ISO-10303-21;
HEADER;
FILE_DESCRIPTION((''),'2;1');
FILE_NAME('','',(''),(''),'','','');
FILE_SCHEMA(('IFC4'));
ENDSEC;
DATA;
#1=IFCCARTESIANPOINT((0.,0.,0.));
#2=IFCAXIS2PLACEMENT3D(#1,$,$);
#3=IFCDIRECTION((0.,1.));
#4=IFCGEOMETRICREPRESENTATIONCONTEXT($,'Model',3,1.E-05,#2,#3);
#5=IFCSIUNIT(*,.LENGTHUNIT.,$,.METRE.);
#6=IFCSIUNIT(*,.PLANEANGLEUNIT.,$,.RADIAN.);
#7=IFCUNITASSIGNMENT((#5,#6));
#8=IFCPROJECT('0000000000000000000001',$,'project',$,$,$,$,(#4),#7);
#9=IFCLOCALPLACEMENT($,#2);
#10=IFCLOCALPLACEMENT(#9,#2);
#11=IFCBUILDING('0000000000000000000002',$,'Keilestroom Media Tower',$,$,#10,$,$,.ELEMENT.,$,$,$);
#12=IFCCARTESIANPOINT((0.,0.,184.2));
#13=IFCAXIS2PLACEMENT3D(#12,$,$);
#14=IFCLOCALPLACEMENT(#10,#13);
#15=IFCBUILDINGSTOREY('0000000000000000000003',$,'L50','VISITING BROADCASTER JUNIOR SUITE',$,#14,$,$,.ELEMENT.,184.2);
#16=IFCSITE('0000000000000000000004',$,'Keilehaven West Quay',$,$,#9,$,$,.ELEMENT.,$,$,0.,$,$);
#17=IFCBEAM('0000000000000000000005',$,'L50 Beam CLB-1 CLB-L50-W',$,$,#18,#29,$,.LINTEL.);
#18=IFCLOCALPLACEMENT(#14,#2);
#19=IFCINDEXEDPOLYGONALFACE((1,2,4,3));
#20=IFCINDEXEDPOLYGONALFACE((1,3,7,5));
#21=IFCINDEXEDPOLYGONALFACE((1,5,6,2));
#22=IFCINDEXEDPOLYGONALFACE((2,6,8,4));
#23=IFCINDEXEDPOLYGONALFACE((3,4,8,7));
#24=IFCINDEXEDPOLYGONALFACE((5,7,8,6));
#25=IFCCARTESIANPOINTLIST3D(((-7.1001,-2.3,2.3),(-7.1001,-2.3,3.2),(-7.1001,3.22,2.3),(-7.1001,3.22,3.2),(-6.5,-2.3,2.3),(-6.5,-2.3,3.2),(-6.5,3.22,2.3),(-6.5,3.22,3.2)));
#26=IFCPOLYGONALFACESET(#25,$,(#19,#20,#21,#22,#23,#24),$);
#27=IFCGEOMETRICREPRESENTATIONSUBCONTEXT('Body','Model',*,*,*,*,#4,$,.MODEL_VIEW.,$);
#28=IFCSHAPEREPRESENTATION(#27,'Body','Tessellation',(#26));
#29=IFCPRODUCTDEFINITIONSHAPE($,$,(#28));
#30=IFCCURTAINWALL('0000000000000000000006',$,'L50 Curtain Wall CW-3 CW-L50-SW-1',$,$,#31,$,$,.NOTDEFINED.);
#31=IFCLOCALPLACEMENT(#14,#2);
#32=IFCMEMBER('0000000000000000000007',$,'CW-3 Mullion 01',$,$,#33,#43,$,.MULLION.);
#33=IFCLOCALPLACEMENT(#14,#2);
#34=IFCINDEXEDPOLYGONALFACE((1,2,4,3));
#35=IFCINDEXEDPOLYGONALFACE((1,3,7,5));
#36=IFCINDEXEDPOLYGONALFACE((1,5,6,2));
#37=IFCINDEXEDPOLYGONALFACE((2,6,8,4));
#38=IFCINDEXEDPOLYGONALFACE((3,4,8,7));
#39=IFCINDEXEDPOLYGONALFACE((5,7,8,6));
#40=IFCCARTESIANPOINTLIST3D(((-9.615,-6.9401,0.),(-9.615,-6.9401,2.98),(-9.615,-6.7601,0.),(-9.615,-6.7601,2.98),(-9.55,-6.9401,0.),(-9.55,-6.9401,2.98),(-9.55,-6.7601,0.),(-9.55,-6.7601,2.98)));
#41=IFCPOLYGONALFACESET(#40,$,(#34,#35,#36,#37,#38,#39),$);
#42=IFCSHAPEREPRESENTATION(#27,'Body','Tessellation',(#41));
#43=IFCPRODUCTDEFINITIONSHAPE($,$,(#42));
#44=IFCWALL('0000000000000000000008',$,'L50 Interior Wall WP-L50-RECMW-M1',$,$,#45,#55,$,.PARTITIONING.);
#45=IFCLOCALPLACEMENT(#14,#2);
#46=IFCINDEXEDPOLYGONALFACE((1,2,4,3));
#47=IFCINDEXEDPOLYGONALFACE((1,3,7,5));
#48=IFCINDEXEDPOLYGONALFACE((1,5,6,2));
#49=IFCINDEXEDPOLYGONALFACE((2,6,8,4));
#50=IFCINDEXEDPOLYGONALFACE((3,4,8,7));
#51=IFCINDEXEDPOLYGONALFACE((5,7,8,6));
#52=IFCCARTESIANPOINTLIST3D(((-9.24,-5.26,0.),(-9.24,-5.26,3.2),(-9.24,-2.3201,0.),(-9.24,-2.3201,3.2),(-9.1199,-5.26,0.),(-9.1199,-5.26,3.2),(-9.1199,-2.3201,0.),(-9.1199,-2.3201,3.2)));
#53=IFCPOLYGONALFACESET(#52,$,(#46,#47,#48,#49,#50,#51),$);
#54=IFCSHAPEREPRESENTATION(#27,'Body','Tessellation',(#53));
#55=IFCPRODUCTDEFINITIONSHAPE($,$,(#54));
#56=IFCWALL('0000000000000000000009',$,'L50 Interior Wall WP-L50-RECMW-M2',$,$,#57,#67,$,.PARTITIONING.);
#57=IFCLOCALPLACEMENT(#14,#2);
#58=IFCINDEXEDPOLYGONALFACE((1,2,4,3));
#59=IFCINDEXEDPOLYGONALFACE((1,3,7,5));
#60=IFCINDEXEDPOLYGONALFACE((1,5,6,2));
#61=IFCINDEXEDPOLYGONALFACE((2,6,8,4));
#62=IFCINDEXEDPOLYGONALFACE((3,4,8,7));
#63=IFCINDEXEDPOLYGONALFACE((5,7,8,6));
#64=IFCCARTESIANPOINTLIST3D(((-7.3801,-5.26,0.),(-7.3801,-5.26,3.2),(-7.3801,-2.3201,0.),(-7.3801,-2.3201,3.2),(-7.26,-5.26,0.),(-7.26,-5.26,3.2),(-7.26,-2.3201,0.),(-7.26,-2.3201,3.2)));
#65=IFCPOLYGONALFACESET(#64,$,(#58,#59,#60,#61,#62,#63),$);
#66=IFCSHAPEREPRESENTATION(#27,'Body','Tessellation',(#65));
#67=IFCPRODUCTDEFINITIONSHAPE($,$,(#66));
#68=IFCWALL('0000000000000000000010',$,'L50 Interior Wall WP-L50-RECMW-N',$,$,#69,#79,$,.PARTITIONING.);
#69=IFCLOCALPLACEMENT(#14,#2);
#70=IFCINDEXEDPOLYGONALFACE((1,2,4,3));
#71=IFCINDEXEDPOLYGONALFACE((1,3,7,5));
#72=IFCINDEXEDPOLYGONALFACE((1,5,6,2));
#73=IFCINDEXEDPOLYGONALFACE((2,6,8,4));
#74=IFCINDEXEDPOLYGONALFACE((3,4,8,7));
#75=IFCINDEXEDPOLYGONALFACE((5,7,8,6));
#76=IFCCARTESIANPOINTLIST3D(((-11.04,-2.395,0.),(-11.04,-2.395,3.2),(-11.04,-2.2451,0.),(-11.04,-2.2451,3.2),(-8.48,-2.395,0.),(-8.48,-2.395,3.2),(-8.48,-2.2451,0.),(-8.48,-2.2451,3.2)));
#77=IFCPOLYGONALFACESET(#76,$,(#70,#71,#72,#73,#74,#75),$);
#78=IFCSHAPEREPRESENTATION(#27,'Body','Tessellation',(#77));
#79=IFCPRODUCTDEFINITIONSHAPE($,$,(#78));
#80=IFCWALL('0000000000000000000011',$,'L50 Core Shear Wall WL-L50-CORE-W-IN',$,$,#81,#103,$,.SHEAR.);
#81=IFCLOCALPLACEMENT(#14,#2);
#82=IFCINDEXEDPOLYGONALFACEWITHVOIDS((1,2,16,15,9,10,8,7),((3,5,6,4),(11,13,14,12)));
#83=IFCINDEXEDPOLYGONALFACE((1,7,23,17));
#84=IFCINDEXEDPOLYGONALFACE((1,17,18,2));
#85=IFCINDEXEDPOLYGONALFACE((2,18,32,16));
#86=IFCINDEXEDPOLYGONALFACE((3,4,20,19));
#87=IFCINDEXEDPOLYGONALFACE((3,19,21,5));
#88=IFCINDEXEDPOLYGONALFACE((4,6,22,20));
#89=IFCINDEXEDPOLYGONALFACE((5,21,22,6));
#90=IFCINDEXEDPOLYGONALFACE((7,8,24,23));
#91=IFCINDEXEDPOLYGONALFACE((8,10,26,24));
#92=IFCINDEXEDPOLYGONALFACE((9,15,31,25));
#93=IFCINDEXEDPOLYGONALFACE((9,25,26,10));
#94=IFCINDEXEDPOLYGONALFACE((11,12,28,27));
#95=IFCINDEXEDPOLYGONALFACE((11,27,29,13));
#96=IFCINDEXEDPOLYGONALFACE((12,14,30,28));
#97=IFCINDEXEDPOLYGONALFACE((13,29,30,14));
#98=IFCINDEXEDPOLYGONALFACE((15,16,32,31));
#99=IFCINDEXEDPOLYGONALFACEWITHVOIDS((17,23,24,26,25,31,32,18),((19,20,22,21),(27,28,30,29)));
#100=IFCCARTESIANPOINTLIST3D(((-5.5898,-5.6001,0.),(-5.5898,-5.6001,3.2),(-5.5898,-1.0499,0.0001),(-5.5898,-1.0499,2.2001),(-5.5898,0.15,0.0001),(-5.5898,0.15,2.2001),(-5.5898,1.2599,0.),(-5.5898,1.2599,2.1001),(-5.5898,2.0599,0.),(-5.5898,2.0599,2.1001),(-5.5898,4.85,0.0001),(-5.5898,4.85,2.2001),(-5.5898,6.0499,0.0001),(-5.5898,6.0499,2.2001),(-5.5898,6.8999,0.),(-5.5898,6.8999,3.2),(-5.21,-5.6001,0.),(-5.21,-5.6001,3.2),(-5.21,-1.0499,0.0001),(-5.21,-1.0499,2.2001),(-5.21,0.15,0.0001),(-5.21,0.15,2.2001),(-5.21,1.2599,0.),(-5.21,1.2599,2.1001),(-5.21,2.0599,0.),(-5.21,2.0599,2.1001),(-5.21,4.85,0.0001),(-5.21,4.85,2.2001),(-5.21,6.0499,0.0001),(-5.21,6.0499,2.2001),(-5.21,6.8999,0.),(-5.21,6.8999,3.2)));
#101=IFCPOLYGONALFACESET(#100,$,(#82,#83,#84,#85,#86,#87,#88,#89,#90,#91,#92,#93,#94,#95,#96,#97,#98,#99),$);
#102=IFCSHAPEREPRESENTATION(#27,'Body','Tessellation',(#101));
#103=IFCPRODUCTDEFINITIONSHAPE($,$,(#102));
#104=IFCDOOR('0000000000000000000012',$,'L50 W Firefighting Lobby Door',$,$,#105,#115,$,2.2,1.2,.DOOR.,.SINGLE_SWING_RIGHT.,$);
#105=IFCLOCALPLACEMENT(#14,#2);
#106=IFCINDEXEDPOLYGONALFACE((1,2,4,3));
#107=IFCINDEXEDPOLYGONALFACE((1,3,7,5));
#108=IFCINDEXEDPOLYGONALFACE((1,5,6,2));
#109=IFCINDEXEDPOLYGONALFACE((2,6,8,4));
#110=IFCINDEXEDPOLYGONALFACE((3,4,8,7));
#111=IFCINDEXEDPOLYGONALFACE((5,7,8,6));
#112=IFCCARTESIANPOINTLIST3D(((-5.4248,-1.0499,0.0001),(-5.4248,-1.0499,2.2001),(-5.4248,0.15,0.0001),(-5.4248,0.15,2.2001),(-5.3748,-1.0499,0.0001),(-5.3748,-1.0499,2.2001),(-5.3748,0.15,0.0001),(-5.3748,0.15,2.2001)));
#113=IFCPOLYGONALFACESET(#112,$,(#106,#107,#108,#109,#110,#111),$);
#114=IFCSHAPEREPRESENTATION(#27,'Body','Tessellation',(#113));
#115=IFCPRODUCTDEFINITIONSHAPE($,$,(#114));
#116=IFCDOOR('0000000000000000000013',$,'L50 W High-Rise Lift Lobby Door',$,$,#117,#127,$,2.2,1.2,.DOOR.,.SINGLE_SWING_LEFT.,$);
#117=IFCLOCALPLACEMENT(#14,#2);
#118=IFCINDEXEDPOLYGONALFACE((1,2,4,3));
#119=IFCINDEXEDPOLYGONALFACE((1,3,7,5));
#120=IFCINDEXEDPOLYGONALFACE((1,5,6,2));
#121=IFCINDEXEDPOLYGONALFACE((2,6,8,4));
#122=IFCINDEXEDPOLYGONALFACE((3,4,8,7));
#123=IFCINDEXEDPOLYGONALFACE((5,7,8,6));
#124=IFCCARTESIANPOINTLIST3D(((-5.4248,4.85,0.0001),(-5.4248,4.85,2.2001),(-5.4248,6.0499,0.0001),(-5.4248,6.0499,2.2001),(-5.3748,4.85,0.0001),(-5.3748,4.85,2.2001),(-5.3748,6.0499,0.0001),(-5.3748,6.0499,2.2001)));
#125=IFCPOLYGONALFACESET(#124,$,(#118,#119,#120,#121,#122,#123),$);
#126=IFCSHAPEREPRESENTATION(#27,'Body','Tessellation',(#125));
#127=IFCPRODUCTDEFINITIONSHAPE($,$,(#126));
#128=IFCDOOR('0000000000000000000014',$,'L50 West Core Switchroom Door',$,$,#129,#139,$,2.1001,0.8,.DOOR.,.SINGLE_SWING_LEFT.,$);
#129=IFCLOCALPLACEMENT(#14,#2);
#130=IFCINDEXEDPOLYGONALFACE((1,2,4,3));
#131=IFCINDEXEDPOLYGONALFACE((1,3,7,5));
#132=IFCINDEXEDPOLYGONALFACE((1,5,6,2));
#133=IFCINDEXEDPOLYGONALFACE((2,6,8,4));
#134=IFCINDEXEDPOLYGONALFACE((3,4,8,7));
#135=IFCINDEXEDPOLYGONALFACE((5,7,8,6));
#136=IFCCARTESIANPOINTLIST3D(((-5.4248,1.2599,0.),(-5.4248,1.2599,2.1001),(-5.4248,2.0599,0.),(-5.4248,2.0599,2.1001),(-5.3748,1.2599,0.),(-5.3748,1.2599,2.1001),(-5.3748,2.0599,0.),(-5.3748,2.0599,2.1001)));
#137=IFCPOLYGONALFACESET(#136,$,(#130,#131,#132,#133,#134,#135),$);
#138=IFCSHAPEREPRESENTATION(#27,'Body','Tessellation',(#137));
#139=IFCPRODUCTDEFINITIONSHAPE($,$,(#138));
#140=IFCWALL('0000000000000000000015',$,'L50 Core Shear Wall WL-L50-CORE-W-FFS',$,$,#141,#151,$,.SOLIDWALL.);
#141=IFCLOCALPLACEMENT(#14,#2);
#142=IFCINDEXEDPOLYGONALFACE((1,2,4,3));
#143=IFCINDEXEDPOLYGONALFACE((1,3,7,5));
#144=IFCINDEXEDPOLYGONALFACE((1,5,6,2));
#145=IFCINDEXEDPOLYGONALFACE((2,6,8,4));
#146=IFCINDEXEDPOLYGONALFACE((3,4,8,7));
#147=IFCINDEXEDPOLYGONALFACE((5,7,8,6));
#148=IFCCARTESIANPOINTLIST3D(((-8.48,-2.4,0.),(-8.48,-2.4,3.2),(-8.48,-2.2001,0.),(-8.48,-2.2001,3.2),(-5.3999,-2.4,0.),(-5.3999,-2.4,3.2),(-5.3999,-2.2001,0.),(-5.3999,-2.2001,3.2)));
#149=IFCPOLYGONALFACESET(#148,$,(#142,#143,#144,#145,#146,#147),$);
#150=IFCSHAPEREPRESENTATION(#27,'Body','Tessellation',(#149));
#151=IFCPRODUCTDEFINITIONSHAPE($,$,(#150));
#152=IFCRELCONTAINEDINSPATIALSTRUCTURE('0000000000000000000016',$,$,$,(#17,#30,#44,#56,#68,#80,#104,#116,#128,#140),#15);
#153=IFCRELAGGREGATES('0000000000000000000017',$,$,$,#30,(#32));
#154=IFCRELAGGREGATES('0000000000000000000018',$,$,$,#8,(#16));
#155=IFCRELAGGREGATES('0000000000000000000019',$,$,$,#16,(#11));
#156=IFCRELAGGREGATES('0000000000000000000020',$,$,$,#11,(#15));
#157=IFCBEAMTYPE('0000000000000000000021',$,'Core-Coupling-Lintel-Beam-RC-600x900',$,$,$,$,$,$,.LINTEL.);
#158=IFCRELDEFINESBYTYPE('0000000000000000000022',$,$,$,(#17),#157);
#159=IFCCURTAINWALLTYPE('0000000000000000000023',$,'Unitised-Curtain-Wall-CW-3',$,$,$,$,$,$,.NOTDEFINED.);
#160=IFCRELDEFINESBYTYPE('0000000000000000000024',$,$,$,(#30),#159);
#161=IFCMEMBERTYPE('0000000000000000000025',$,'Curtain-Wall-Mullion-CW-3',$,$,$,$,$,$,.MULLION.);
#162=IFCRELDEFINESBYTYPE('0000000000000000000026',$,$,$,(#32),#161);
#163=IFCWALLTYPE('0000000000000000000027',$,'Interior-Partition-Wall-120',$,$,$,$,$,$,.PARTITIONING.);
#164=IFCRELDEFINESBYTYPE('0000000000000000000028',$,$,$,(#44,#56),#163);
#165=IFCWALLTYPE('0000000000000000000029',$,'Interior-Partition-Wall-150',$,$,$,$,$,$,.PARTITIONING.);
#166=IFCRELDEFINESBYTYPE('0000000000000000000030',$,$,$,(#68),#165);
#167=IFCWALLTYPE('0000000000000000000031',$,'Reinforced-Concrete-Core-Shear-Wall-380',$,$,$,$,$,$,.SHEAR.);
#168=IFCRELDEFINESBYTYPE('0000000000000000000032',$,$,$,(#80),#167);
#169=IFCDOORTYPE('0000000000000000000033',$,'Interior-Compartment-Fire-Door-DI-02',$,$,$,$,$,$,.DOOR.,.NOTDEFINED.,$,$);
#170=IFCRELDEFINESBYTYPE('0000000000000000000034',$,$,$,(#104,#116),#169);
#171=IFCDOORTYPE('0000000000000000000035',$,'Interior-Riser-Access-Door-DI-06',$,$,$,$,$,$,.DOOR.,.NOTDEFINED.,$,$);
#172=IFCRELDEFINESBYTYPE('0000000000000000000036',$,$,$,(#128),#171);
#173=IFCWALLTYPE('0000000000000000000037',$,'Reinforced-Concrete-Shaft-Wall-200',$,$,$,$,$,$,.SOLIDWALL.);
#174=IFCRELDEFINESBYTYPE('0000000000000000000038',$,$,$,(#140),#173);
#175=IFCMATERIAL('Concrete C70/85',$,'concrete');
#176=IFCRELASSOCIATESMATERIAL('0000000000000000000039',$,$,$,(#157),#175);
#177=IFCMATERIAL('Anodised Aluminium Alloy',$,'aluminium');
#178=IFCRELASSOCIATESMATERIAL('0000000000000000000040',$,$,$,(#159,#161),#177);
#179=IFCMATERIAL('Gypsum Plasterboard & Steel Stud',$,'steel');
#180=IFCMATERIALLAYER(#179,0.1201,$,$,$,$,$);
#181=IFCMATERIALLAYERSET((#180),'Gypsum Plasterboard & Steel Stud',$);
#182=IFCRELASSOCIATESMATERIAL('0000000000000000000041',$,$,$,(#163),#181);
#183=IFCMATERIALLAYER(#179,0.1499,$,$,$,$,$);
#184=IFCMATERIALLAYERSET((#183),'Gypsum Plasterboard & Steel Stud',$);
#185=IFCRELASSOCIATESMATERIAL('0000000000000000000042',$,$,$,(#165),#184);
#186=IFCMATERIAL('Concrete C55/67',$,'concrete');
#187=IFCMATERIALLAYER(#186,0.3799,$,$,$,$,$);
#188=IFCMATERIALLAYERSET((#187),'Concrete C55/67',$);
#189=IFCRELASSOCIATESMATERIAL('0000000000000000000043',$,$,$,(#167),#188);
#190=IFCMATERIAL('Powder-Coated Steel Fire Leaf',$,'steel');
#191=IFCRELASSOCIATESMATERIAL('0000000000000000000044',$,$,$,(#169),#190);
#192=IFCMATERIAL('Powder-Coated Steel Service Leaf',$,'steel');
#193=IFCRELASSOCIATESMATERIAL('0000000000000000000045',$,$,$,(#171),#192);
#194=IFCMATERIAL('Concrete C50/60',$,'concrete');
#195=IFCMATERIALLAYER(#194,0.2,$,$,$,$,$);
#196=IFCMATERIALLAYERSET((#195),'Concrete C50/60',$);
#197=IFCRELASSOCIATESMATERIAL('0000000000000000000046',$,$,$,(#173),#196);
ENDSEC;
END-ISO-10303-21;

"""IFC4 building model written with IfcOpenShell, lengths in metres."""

from ifc_helpers import new_model, si_unit, direction, frame, frame_2d, origin, origin_2d, place, context, subcontext, project, spatial, rectangle, extrude, source, transform, mapped, material, layer, layer_set, material_profile, profile_set, type_object, element, fill, aggregate, save


model = new_model("IFC4")

# Units and contexts
model_context = context("Model", 3, precision=1e-05, world=origin(), true_north=direction((0.0, 1.0)))
body_context = subcontext(model_context, "Body", "Model", "MODEL_VIEW")
ifc_project = project(units=[si_unit("LENGTHUNIT", "METRE"), si_unit("PLANEANGLEUNIT", "RADIAN")], contexts=[model_context])

# Site, building, storey
site_placement = place(None, origin())
site = spatial("IfcSite", under=ifc_project, at=site_placement, Name="Keilehaven West Quay", CompositionType="ELEMENT", RefElevation=0.0)
building_placement = place(site_placement, origin())
building = spatial("IfcBuilding", under=site, at=building_placement, Name="Keilestroom Media Tower", CompositionType="ELEMENT")
storey_placement = place(building_placement, frame((0.0, 0.0, 184.2)))
storey = spatial("IfcBuildingStorey", under=building, at=storey_placement, Name="L50", Description="VISITING BROADCASTER JUNIOR SUITE", CompositionType="ELEMENT", Elevation=184.2)

# Beam
ifc_material_1 = material(Name="Concrete C70/85", Category="concrete")
ifc_material_profile_1 = material_profile(ifc_material_1, rectangle(XDim=0.6001, YDim=0.8999, at=origin_2d()), Name="RC 600x900")
ifc_profile_set_1 = profile_set([ifc_material_profile_1], Name="Concrete C70/85")
beam_type = type_object("IfcBeamType", Name="Core-Coupling-Lintel-Beam-RC-600x900", PredefinedType="LINTEL", material=ifc_profile_set_1)
shared_shape_1 = source(origin(), body_context, "Body", "SweptSolid", [
    extrude(rectangle(XDim=0.6001, YDim=0.8999, at=origin_2d()), origin(), (0.0, 0.0, 1.0), 5.52),
])
beam_placement = place(storey_placement, frame((-6.8, -2.3, 2.75), z_axis=(0.0, 1.0, 0.0), x_axis=(-1.0, 0.0, 0.0)))
element("IfcBeam", 1, at=beam_placement, inside=storey, type_object=beam_type, Name="L50 Beam CLB-1 CLB-L50-W", PredefinedType="LINTEL", context=body_context, shape_type="MappedRepresentation", body=[
    mapped(shared_shape_1, transform((0.0, 0.0, 0.0), x_axis=(1.0, 0.0, 0.0), y_axis=(0.0, 1.0, 0.0), z_axis=(0.0, 0.0, 1.0), scale=1.0)),
])

# Curtain wall, member
ifc_material_2 = material(Name="Anodised Aluminium Alloy", Category="aluminium")
curtain_wall_type = type_object("IfcCurtainWallType", Name="Unitised-Curtain-Wall-CW-3", PredefinedType="NOTDEFINED", material=ifc_material_2)
curtain_wall_placement = place(storey_placement, origin())
curtain_wall = element("IfcCurtainWall", 2, at=curtain_wall_placement, inside=storey, type_object=curtain_wall_type, Name="L50 Curtain Wall CW-3 CW-L50-SW-1", PredefinedType="NOTDEFINED")
ifc_material_profile_2 = material_profile(ifc_material_2, rectangle(XDim=0.0649, YDim=0.1799, at=origin_2d()), Name="ALU MULLION 65x180")
ifc_profile_set_2 = profile_set([ifc_material_profile_2], Name="Anodised Aluminium Alloy")
member_type = type_object("IfcMemberType", Name="Curtain-Wall-Mullion-CW-3", PredefinedType="MULLION", material=ifc_profile_set_2)
shared_shape_2 = source(origin(), body_context, "Body", "SweptSolid", [
    extrude(rectangle(XDim=0.0649, YDim=0.1799, at=origin_2d()), origin(), (0.0, 0.0, 1.0), 2.98),
])
member_placement = place(storey_placement, frame((-9.5825, -6.8501, 0.0), z_axis=(0.0, 0.0, 1.0), x_axis=(1.0, 0.0, 0.0)))
member = element("IfcMember", 3, at=member_placement, type_object=member_type, Name="CW-3 Mullion 01", PredefinedType="MULLION", context=body_context, shape_type="MappedRepresentation", body=[
    mapped(shared_shape_2, transform((0.0, 0.0, 0.0), x_axis=(1.0, 0.0, 0.0), y_axis=(0.0, 1.0, 0.0), z_axis=(0.0, 0.0, 1.0), scale=1.0)),
])
aggregate(curtain_wall, [member])

# Walls
ifc_material_3 = material(Name="Gypsum Plasterboard & Steel Stud", Category="steel")
ifc_layer_1 = layer(ifc_material_3, 0.1201)
ifc_layer_set_1 = layer_set([ifc_layer_1], Name="Gypsum Plasterboard & Steel Stud")
wall_type_1 = type_object("IfcWallType", Name="Interior-Partition-Wall-120", PredefinedType="PARTITIONING", material=ifc_layer_set_1)
for number, where, z_axis, x_axis, name in (
    (4, (-9.1799, -5.26, 0.0), (0.0, 0.0, 1.0), (0.0, 1.0, 0.0), "L50 Interior Wall WP-L50-RECMW-M1"),
    (5, (-7.3201, -5.26, 0.0), (0.0, 0.0, 1.0), (0.0, 1.0, 0.0), "L50 Interior Wall WP-L50-RECMW-M2"),
):
    element("IfcWall", number, at=place(storey_placement, frame(where, z_axis=z_axis, x_axis=x_axis)), inside=storey, type_object=wall_type_1, Name=name, PredefinedType="PARTITIONING", context=body_context, shape_type="SweptSolid", body=[
        extrude(rectangle(XDim=2.9399, YDim=0.1201, at=frame_2d((1.47, 0.0))), origin(), (0.0, 0.0, 1.0), 3.2),
    ])
ifc_layer_2 = layer(ifc_material_3, 0.1499)
ifc_layer_set_2 = layer_set([ifc_layer_2], Name="Gypsum Plasterboard & Steel Stud")
wall_type_2 = type_object("IfcWallType", Name="Interior-Partition-Wall-150", PredefinedType="PARTITIONING", material=ifc_layer_set_2)
wall_1_placement = place(storey_placement, frame((-11.04, -2.3201, 0.0), z_axis=(0.0, 0.0, 1.0), x_axis=(1.0, 0.0, 0.0)))
element("IfcWall", 6, at=wall_1_placement, inside=storey, type_object=wall_type_2, Name="L50 Interior Wall WP-L50-RECMW-N", PredefinedType="PARTITIONING", context=body_context, shape_type="SweptSolid", body=[
    extrude(rectangle(XDim=2.5601, YDim=0.1499, at=frame_2d((1.28, 0.0))), origin(), (0.0, 0.0, 1.0), 3.2),
])

# Wall, openings, doors
ifc_material_4 = material(Name="Concrete C55/67", Category="concrete")
ifc_layer_3 = layer(ifc_material_4, 0.3799)
ifc_layer_set_3 = layer_set([ifc_layer_3], Name="Concrete C55/67")
wall_type_3 = type_object("IfcWallType", Name="Reinforced-Concrete-Core-Shear-Wall-380", PredefinedType="SHEAR", material=ifc_layer_set_3)
wall_2_placement = place(storey_placement, frame((-5.3999, -5.6001, 0.0), z_axis=(0.0, 0.0, 1.0), x_axis=(0.0, 1.0, 0.0)))
wall_2 = element("IfcWall", 7, at=wall_2_placement, inside=storey, type_object=wall_type_3, Name="L50 Core Shear Wall WL-L50-CORE-W-IN", PredefinedType="SHEAR", context=body_context, shape_type="SweptSolid", body=[
    extrude(rectangle(XDim=12.5, YDim=0.3799, at=frame_2d((6.25, 0.0))), origin(), (0.0, 0.0, 1.0), 3.2),
])
opening_1_placement = place(wall_2_placement, frame((4.55, 0.0, 0.0)))
opening_1 = element("IfcOpeningElement", 8, at=opening_1_placement, cuts=wall_2, PredefinedType="OPENING", context=body_context, shape_type="SweptSolid", body=[
    extrude(rectangle(XDim=1.2, YDim=2.2, at=frame_2d((0.6001, 1.1001))), frame((0.0, 0.2, 0.0), z_axis=(0.0, -1.0, 0.0), x_axis=(1.0, 0.0, 0.0)), (0.0, 0.0, 1.0), 0.3999),
])
opening_2_placement = place(wall_2_placement, frame((10.45, 0.0, 0.0)))
opening_2 = element("IfcOpeningElement", 9, at=opening_2_placement, cuts=wall_2, PredefinedType="OPENING", context=body_context, shape_type="SweptSolid", body=[
    extrude(rectangle(XDim=1.2, YDim=2.2, at=frame_2d((0.6001, 1.1001))), frame((0.0, 0.2, 0.0), z_axis=(0.0, -1.0, 0.0), x_axis=(1.0, 0.0, 0.0)), (0.0, 0.0, 1.0), 0.3999),
])
opening_3_placement = place(wall_2_placement, frame((6.8601, 0.0, 0.0)))
opening_3 = element("IfcOpeningElement", 10, at=opening_3_placement, cuts=wall_2, PredefinedType="OPENING", context=body_context, shape_type="SweptSolid", body=[
    extrude(rectangle(XDim=0.8, YDim=2.1001, at=frame_2d((0.3999, 1.05))), frame((0.0, 0.2, 0.0), z_axis=(0.0, -1.0, 0.0), x_axis=(1.0, 0.0, 0.0)), (0.0, 0.0, 1.0), 0.3999),
])
ifc_material_5 = material(Name="Powder-Coated Steel Fire Leaf", Category="steel")
door_type_1 = type_object("IfcDoorType", Name="Interior-Compartment-Fire-Door-DI-02", OperationType="NOTDEFINED", PredefinedType="DOOR", material=ifc_material_5)
shared_shape_3 = source(origin(), body_context, "Body", "SweptSolid", [
    extrude(rectangle(XDim=1.2, YDim=2.2, at=frame_2d((0.6001, 1.1001))), frame((0.0, 0.0249, 0.0), z_axis=(0.0, -1.0, 0.0), x_axis=(1.0, 0.0, 0.0)), (0.0, 0.0, 1.0), 0.05),
])
door_1_placement = place(opening_1_placement, origin())
door_1 = element("IfcDoor", 11, at=door_1_placement, inside=storey, type_object=door_type_1, Name="L50 W Firefighting Lobby Door", OperationType="SINGLE_SWING_RIGHT", OverallHeight=2.2, OverallWidth=1.2, PredefinedType="DOOR", context=body_context, shape_type="MappedRepresentation", body=[
    mapped(shared_shape_3, transform((0.0, 0.0, 0.0), x_axis=(1.0, 0.0, 0.0), y_axis=(0.0, 1.0, 0.0), z_axis=(0.0, 0.0, 1.0), scale=1.0)),
])
fill(opening_1, door_1)
door_2_placement = place(opening_2_placement, origin())
door_2 = element("IfcDoor", 12, at=door_2_placement, inside=storey, type_object=door_type_1, Name="L50 W High-Rise Lift Lobby Door", OperationType="SINGLE_SWING_LEFT", OverallHeight=2.2, OverallWidth=1.2, PredefinedType="DOOR", context=body_context, shape_type="MappedRepresentation", body=[
    mapped(shared_shape_3, transform((0.0, 0.0, 0.0), x_axis=(1.0, 0.0, 0.0), y_axis=(0.0, 1.0, 0.0), z_axis=(0.0, 0.0, 1.0), scale=1.0)),
])
fill(opening_2, door_2)
ifc_material_6 = material(Name="Powder-Coated Steel Service Leaf", Category="steel")
door_type_2 = type_object("IfcDoorType", Name="Interior-Riser-Access-Door-DI-06", OperationType="NOTDEFINED", PredefinedType="DOOR", material=ifc_material_6)
shared_shape_4 = source(origin(), body_context, "Body", "SweptSolid", [
    extrude(rectangle(XDim=0.8, YDim=2.1001, at=frame_2d((0.3999, 1.05))), frame((0.0, 0.0249, 0.0), z_axis=(0.0, -1.0, 0.0), x_axis=(1.0, 0.0, 0.0)), (0.0, 0.0, 1.0), 0.05),
])
door_3_placement = place(opening_3_placement, origin())
door_3 = element("IfcDoor", 13, at=door_3_placement, inside=storey, type_object=door_type_2, Name="L50 West Core Switchroom Door", OperationType="SINGLE_SWING_LEFT", OverallHeight=2.1001, OverallWidth=0.8, PredefinedType="DOOR", context=body_context, shape_type="MappedRepresentation", body=[
    mapped(shared_shape_4, transform((0.0, 0.0, 0.0), x_axis=(1.0, 0.0, 0.0), y_axis=(0.0, 1.0, 0.0), z_axis=(0.0, 0.0, 1.0), scale=1.0)),
])
fill(opening_3, door_3)

# Wall
ifc_material_7 = material(Name="Concrete C50/60", Category="concrete")
ifc_layer_4 = layer(ifc_material_7, 0.2)
ifc_layer_set_4 = layer_set([ifc_layer_4], Name="Concrete C50/60")
wall_type_4 = type_object("IfcWallType", Name="Reinforced-Concrete-Shaft-Wall-200", PredefinedType="SOLIDWALL", material=ifc_layer_set_4)
wall_3_placement = place(storey_placement, frame((-8.48, -2.3, 0.0), z_axis=(0.0, 0.0, 1.0), x_axis=(1.0, 0.0, 0.0)))
element("IfcWall", 14, at=wall_3_placement, inside=storey, type_object=wall_type_4, Name="L50 Core Shear Wall WL-L50-CORE-W-FFS", PredefinedType="SOLIDWALL", context=body_context, shape_type="SweptSolid", body=[
    extrude(rectangle(XDim=3.0801, YDim=0.2, at=frame_2d((1.54, 0.0))), origin(), (0.0, 0.0, 1.0), 3.2),
])

save(model, "model.ifc")
